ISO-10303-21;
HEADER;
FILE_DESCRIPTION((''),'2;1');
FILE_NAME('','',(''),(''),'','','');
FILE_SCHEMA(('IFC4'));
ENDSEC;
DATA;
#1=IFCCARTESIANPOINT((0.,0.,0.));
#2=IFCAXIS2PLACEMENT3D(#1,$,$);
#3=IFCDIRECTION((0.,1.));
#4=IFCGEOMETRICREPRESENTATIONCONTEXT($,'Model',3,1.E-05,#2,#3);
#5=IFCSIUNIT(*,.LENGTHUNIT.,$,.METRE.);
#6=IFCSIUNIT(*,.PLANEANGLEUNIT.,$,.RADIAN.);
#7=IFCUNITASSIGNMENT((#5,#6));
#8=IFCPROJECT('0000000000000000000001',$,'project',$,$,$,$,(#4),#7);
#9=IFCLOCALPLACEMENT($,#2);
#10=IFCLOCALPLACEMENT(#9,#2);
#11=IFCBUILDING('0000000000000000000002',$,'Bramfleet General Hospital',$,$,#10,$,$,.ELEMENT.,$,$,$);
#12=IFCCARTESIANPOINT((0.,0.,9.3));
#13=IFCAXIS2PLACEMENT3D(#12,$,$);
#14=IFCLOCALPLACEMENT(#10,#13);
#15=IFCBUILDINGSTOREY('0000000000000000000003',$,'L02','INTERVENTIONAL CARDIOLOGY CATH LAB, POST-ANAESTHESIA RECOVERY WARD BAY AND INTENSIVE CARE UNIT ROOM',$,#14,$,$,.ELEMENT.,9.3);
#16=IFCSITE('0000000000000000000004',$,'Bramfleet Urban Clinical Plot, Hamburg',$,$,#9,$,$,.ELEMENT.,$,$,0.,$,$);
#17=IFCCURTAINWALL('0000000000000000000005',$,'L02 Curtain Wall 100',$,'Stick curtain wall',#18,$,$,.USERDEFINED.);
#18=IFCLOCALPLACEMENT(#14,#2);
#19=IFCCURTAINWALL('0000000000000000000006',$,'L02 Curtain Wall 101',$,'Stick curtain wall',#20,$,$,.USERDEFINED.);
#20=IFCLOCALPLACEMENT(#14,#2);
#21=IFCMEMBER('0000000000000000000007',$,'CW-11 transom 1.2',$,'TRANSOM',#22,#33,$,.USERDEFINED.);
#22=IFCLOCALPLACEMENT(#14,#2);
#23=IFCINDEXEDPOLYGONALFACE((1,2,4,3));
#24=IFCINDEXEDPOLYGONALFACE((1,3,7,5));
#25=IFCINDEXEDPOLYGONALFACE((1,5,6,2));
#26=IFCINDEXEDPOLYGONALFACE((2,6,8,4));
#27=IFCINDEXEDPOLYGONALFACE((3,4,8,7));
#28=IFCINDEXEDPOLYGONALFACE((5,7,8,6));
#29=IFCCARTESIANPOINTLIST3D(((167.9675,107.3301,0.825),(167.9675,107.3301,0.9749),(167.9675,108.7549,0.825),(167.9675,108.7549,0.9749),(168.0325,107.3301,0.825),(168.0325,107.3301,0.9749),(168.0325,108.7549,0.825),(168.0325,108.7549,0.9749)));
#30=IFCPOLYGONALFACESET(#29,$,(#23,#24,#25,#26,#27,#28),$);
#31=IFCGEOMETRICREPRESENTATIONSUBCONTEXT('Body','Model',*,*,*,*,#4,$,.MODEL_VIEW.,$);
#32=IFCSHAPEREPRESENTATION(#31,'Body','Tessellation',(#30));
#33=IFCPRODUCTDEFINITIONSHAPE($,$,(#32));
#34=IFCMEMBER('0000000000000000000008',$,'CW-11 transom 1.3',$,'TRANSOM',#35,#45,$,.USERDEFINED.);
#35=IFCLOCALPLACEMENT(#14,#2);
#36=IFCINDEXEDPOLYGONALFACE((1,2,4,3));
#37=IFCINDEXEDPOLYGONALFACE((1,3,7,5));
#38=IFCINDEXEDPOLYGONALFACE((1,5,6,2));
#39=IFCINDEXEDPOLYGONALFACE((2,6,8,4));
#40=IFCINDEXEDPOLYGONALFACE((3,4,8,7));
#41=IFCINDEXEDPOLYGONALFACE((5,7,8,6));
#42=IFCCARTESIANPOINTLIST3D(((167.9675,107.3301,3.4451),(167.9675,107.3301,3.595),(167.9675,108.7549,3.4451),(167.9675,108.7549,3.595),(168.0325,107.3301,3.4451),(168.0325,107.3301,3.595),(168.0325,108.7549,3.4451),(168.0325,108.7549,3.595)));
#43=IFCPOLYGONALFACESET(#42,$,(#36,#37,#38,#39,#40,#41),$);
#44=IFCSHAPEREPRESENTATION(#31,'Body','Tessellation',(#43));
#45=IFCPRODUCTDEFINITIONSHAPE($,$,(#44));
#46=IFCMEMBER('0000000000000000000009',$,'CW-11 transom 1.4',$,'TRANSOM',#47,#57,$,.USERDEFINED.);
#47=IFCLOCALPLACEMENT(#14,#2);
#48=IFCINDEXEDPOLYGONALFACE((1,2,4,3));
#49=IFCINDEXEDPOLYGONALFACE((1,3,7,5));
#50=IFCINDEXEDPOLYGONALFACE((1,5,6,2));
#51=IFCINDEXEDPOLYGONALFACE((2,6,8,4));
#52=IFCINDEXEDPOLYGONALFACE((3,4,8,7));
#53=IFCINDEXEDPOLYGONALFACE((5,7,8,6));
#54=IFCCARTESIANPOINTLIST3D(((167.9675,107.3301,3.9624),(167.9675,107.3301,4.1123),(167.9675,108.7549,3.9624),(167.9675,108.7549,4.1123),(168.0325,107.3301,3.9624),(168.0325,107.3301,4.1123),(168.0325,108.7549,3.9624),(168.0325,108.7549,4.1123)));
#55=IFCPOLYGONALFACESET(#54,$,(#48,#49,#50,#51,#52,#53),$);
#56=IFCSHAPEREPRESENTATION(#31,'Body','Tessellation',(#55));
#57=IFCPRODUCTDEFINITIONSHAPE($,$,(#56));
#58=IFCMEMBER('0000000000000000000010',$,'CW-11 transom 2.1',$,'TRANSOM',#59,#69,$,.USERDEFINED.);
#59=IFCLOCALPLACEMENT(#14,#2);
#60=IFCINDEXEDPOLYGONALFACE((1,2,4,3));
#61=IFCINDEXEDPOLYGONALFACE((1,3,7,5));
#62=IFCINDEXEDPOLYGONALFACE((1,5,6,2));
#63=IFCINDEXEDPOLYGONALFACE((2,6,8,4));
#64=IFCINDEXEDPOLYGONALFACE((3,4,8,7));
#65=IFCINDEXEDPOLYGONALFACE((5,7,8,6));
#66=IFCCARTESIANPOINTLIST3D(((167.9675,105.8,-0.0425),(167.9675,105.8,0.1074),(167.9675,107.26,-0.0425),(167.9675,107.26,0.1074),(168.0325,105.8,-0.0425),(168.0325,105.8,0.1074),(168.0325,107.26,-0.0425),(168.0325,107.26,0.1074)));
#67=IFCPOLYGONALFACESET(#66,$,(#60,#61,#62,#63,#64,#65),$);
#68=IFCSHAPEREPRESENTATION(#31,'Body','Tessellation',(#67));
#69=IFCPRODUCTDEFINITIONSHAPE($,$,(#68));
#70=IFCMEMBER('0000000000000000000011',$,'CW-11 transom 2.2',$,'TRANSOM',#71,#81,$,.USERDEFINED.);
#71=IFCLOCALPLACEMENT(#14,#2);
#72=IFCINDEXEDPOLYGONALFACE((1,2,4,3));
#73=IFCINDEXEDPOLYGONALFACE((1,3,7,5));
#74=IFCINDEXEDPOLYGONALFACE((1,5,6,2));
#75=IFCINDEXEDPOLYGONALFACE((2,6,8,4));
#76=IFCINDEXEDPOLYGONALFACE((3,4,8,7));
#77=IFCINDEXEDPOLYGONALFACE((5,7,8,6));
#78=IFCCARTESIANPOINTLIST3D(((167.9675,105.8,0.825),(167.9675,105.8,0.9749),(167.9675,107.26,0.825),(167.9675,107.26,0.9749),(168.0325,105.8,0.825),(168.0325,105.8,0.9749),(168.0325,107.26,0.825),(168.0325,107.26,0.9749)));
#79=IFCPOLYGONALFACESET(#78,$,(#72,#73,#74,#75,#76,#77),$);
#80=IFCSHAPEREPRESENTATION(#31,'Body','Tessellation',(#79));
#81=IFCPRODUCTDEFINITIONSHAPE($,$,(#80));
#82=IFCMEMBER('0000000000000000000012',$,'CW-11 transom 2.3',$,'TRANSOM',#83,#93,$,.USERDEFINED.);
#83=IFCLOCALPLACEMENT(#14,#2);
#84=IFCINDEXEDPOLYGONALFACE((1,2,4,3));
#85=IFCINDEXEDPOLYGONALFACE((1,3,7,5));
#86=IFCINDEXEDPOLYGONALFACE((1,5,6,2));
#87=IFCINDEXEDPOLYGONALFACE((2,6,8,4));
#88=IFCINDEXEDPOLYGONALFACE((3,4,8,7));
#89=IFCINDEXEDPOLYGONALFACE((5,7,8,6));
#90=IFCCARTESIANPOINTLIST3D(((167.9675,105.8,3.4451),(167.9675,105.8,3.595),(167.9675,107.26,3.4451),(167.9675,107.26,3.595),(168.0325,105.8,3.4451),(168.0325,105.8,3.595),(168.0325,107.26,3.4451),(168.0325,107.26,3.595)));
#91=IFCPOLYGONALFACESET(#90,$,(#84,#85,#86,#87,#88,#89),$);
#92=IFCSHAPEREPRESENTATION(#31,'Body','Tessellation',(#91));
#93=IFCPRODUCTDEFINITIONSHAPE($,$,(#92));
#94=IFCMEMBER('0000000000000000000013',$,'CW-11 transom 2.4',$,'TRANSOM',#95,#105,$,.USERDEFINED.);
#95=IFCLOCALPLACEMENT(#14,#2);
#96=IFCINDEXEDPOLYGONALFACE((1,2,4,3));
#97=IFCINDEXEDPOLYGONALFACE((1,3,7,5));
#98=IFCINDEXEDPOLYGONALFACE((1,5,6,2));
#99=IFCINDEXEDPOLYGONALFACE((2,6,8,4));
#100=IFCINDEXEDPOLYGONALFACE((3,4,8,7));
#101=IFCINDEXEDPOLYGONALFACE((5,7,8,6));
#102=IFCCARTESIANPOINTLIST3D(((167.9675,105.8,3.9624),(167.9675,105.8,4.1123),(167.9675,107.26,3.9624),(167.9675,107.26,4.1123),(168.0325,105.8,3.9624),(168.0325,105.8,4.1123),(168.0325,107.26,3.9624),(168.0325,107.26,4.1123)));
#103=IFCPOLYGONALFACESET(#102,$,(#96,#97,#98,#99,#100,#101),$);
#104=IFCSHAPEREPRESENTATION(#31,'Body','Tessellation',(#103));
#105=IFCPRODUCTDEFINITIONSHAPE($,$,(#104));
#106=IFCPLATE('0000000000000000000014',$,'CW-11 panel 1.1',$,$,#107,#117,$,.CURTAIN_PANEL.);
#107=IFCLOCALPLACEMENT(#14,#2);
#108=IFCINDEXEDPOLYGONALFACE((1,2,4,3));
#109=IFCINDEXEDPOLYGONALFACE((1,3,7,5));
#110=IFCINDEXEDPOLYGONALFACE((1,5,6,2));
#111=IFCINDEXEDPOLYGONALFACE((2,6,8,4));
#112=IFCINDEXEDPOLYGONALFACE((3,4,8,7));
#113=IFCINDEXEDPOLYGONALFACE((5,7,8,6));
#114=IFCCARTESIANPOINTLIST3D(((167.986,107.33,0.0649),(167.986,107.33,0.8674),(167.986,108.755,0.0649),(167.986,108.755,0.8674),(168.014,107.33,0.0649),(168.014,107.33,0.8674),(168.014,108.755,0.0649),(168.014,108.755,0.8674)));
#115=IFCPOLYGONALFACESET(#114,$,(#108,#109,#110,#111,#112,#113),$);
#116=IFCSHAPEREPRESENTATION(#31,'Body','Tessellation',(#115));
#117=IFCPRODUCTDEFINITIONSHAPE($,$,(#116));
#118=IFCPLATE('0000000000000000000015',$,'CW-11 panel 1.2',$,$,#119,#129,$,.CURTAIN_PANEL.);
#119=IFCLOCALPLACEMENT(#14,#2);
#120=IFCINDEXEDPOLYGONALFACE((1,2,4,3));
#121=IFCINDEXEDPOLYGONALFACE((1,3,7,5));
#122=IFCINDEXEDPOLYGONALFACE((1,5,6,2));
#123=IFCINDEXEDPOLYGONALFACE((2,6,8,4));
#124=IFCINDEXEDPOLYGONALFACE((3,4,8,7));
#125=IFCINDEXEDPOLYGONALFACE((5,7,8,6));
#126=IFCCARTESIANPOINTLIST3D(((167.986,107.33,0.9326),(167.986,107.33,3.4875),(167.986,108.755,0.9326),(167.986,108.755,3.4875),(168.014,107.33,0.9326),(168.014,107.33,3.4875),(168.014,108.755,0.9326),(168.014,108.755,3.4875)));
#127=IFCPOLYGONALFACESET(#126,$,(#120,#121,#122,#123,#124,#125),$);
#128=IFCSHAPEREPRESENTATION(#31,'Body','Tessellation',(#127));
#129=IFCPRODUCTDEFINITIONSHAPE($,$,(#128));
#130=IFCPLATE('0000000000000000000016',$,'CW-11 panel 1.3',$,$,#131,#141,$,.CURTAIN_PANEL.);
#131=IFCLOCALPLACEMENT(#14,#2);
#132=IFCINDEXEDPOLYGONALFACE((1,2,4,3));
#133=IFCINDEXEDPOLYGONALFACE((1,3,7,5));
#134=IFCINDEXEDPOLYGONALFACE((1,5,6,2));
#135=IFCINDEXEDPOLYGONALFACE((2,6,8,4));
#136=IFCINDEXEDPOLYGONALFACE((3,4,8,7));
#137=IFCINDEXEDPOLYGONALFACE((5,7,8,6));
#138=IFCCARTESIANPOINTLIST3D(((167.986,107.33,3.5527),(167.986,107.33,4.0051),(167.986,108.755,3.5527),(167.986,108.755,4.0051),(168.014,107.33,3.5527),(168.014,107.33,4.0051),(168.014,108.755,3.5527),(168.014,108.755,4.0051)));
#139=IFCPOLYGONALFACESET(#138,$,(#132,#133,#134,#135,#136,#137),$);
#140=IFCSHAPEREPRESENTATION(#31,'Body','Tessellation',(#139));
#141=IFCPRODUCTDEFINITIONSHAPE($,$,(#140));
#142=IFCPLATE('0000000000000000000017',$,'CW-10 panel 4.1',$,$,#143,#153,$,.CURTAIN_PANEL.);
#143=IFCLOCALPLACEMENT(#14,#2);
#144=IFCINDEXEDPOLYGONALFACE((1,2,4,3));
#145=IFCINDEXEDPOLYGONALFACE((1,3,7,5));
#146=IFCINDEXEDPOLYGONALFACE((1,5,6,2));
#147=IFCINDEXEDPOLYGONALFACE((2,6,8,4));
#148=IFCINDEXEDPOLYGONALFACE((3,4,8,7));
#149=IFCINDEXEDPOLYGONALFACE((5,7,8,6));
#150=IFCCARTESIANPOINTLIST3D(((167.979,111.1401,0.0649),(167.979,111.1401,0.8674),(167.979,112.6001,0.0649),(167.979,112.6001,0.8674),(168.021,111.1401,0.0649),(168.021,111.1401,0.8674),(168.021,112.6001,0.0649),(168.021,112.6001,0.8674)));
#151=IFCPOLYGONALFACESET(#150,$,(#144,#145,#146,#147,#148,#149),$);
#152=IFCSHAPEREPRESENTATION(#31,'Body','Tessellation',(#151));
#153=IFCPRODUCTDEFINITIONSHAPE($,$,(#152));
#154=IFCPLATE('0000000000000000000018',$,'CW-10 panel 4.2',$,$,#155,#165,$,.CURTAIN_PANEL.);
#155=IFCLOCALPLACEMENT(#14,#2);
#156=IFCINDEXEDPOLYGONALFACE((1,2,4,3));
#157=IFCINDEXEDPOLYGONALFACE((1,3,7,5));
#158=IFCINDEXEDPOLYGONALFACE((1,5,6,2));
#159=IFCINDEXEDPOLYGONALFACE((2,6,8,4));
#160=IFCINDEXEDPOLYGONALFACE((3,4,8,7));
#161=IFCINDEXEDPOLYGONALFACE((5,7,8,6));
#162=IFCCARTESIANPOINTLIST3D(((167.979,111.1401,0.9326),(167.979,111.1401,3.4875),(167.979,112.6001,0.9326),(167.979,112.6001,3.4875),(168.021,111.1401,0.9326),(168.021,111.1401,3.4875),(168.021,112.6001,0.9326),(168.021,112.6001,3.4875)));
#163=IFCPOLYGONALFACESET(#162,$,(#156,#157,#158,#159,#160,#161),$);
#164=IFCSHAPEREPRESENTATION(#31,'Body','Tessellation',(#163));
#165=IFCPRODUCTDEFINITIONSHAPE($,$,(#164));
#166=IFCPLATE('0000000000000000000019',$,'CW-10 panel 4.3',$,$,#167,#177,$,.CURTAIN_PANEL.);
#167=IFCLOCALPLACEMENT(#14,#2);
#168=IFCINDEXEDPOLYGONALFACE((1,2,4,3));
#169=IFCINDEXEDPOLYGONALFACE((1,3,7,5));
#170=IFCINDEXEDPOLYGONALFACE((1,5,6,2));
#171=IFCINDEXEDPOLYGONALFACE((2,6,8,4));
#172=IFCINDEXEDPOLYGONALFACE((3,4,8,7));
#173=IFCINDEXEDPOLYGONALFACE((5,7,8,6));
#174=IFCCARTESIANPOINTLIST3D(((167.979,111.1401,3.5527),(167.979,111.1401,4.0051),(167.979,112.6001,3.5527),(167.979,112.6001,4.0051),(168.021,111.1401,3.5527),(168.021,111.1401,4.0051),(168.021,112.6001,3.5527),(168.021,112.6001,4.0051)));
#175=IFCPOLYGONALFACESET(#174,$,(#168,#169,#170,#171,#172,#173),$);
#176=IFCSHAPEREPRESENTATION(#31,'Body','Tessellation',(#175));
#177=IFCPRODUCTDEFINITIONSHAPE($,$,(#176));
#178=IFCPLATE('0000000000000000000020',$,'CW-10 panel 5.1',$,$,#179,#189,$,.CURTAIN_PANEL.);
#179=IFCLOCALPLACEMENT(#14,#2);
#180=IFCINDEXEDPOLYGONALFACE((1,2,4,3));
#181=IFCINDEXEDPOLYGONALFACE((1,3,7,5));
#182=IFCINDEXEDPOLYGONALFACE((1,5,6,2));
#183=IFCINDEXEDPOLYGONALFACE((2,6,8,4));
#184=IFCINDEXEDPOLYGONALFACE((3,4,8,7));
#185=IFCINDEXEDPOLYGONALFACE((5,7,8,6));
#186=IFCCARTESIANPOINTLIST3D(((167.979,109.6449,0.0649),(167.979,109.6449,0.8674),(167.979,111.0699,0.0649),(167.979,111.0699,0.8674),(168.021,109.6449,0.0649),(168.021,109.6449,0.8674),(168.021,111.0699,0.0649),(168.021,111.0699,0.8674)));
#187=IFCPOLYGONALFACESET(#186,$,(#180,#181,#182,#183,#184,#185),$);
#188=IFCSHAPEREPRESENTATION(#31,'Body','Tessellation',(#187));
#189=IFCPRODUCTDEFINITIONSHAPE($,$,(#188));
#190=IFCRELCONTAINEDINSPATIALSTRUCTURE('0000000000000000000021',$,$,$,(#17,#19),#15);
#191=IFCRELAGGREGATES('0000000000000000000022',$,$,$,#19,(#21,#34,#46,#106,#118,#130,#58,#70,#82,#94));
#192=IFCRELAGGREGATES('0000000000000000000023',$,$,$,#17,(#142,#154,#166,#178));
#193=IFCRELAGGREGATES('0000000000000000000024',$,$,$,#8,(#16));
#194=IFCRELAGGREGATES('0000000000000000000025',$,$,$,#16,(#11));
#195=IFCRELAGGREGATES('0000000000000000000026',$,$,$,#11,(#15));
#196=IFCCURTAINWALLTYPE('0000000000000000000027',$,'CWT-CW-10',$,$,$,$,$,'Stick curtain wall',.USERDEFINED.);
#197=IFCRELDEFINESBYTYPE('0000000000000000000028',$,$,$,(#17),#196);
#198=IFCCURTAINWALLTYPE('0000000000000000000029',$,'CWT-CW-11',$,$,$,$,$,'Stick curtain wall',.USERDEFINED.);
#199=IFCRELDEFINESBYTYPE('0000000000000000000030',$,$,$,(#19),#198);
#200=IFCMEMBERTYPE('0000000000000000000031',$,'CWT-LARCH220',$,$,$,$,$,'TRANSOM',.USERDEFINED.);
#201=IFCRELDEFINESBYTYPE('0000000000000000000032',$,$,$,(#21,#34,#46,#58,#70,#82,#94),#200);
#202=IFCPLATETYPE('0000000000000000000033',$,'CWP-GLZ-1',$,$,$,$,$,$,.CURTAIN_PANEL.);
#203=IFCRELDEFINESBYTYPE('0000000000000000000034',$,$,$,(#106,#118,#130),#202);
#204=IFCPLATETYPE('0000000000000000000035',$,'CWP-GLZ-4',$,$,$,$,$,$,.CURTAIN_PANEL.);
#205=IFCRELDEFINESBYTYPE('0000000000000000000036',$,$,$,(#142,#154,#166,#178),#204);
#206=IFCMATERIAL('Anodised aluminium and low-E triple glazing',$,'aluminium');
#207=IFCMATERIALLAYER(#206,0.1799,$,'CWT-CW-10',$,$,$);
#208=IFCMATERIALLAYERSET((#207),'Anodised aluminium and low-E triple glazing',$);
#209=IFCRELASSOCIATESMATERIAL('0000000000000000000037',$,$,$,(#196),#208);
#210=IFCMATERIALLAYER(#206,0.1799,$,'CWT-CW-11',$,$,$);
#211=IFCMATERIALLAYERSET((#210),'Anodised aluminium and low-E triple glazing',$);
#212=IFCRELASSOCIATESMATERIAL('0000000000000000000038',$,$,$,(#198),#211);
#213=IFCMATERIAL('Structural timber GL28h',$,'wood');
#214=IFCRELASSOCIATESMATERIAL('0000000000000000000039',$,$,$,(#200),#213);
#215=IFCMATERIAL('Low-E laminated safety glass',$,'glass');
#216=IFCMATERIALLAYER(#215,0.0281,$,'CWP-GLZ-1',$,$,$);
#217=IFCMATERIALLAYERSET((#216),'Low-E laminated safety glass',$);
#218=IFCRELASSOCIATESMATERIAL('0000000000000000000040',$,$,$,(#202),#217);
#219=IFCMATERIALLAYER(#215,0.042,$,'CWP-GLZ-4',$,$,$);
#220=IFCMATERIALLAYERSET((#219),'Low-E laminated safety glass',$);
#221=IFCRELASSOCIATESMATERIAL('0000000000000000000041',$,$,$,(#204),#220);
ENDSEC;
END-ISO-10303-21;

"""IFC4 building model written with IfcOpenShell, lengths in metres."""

from ifc_helpers import new_model, si_unit, direction, frame, origin, origin_2d, place, context, subcontext, project, spatial, rectangle, extrude, material, layer, layer_set, material_profile, profile_set, type_object, element, aggregate, save


model = new_model("IFC4")

# Units and contexts
model_context = context("Model", 3, precision=1e-05, world=origin(), true_north=direction((0.0, 1.0)))
body_context = subcontext(model_context, "Body", "Model", "MODEL_VIEW")
ifc_project = project(units=[si_unit("LENGTHUNIT", "METRE"), si_unit("PLANEANGLEUNIT", "RADIAN")], contexts=[model_context])

# Site, building, storey
site_placement = place(None, origin())
site = spatial("IfcSite", under=ifc_project, at=site_placement, Name="Bramfleet Urban Clinical Plot, Hamburg", CompositionType="ELEMENT", RefElevation=0.0)
building_placement = place(site_placement, origin())
building = spatial("IfcBuilding", under=site, at=building_placement, Name="Bramfleet General Hospital", CompositionType="ELEMENT")
storey_placement = place(building_placement, frame((0.0, 0.0, 9.3)))
storey = spatial("IfcBuildingStorey", under=building, at=storey_placement, Name="L02", Description="INTERVENTIONAL CARDIOLOGY CATH LAB, POST-ANAESTHESIA RECOVERY WARD BAY AND INTENSIVE CARE UNIT ROOM", CompositionType="ELEMENT", Elevation=9.3)

# Curtain walls
ifc_material_1 = material(Name="Anodised aluminium and low-E triple glazing", Category="aluminium")
ifc_layer_1 = layer(ifc_material_1, 0.1799, Name="CWT-CW-10")
ifc_layer_set_1 = layer_set([ifc_layer_1], Name="Anodised aluminium and low-E triple glazing")
curtain_wall_type_1 = type_object("IfcCurtainWallType", Name="CWT-CW-10", ElementType="Stick curtain wall", PredefinedType="USERDEFINED", material=ifc_layer_set_1)
curtain_wall_1_placement = place(storey_placement, origin())
curtain_wall_1 = element("IfcCurtainWall", 1, at=curtain_wall_1_placement, inside=storey, type_object=curtain_wall_type_1, Name="L02 Curtain Wall 100", ObjectType="Stick curtain wall", PredefinedType="USERDEFINED")
ifc_material_2 = material(Name="Structural timber GL28h", Category="wood")
ifc_layer_2 = layer(ifc_material_1, 0.1799, Name="CWT-CW-11")
ifc_layer_set_2 = layer_set([ifc_layer_2], Name="Anodised aluminium and low-E triple glazing")
curtain_wall_type_2 = type_object("IfcCurtainWallType", Name="CWT-CW-11", ElementType="Stick curtain wall", PredefinedType="USERDEFINED", material=ifc_layer_set_2)
curtain_wall_2_placement = place(storey_placement, origin())
curtain_wall_2 = element("IfcCurtainWall", 2, at=curtain_wall_2_placement, inside=storey, type_object=curtain_wall_type_2, Name="L02 Curtain Wall 101", ObjectType="Stick curtain wall", PredefinedType="USERDEFINED")

# Members
ifc_material_profile_1 = material_profile(ifc_material_2, rectangle(XDim=0.0649, YDim=0.1499, at=origin_2d()), Name="LARCH 150x65")
ifc_profile_set_1 = profile_set([ifc_material_profile_1], Name="Structural timber GL28h")
member_type_1 = type_object("IfcMemberType", Name="CWT-LARCH220", ElementType="TRANSOM", PredefinedType="USERDEFINED", material=ifc_profile_set_1)
member_1_placement = place(storey_placement, frame((168.0, 108.7549, 0.8999), z_axis=(0.0, -1.0, 0.0), x_axis=(1.0, 0.0, 0.0)))
member_1 = element("IfcMember", 3, at=member_1_placement, type_object=member_type_1, Name="CW-11 transom 1.2", ObjectType="TRANSOM", PredefinedType="USERDEFINED", context=body_context, shape_type="SweptSolid", body=[
    extrude(rectangle(XDim=0.0649, YDim=0.1499, at=origin_2d()), origin(), (0.0, 0.0, 1.0), 1.4248),
])
member_2_placement = place(storey_placement, frame((168.0, 108.7549, 3.52), z_axis=(0.0, -1.0, 0.0), x_axis=(1.0, 0.0, 0.0)))
member_2 = element("IfcMember", 4, at=member_2_placement, type_object=member_type_1, Name="CW-11 transom 1.3", ObjectType="TRANSOM", PredefinedType="USERDEFINED", context=body_context, shape_type="SweptSolid", body=[
    extrude(rectangle(XDim=0.0649, YDim=0.1499, at=origin_2d()), origin(), (0.0, 0.0, 1.0), 1.4248),
])
member_3_placement = place(storey_placement, frame((168.0, 108.7549, 4.0374), z_axis=(0.0, -1.0, 0.0), x_axis=(1.0, 0.0, 0.0)))
member_3 = element("IfcMember", 5, at=member_3_placement, type_object=member_type_1, Name="CW-11 transom 1.4", ObjectType="TRANSOM", PredefinedType="USERDEFINED", context=body_context, shape_type="SweptSolid", body=[
    extrude(rectangle(XDim=0.0649, YDim=0.1499, at=origin_2d()), origin(), (0.0, 0.0, 1.0), 1.4248),
])
member_4_placement = place(storey_placement, frame((168.0, 107.26, 0.0325), z_axis=(0.0, -1.0, 0.0), x_axis=(1.0, 0.0, 0.0)))
member_4 = element("IfcMember", 6, at=member_4_placement, type_object=member_type_1, Name="CW-11 transom 2.1", ObjectType="TRANSOM", PredefinedType="USERDEFINED", context=body_context, shape_type="SweptSolid", body=[
    extrude(rectangle(XDim=0.0649, YDim=0.1499, at=origin_2d()), origin(), (0.0, 0.0, 1.0), 1.46),
])
member_5_placement = place(storey_placement, frame((168.0, 107.26, 0.8999), z_axis=(0.0, -1.0, 0.0), x_axis=(1.0, 0.0, 0.0)))
member_5 = element("IfcMember", 7, at=member_5_placement, type_object=member_type_1, Name="CW-11 transom 2.2", ObjectType="TRANSOM", PredefinedType="USERDEFINED", context=body_context, shape_type="SweptSolid", body=[
    extrude(rectangle(XDim=0.0649, YDim=0.1499, at=origin_2d()), origin(), (0.0, 0.0, 1.0), 1.46),
])
member_6_placement = place(storey_placement, frame((168.0, 107.26, 3.52), z_axis=(0.0, -1.0, 0.0), x_axis=(1.0, 0.0, 0.0)))
member_6 = element("IfcMember", 8, at=member_6_placement, type_object=member_type_1, Name="CW-11 transom 2.3", ObjectType="TRANSOM", PredefinedType="USERDEFINED", context=body_context, shape_type="SweptSolid", body=[
    extrude(rectangle(XDim=0.0649, YDim=0.1499, at=origin_2d()), origin(), (0.0, 0.0, 1.0), 1.46),
])
member_7_placement = place(storey_placement, frame((168.0, 107.26, 4.0374), z_axis=(0.0, -1.0, 0.0), x_axis=(1.0, 0.0, 0.0)))
member_7 = element("IfcMember", 9, at=member_7_placement, type_object=member_type_1, Name="CW-11 transom 2.4", ObjectType="TRANSOM", PredefinedType="USERDEFINED", context=body_context, shape_type="SweptSolid", body=[
    extrude(rectangle(XDim=0.0649, YDim=0.1499, at=origin_2d()), origin(), (0.0, 0.0, 1.0), 1.46),
])

# Plates
ifc_material_3 = material(Name="Low-E laminated safety glass", Category="glass")
ifc_layer_3 = layer(ifc_material_3, 0.0281, Name="CWP-GLZ-1")
ifc_layer_set_3 = layer_set([ifc_layer_3], Name="Low-E laminated safety glass")
plate_type_1 = type_object("IfcPlateType", Name="CWP-GLZ-1", PredefinedType="CURTAIN_PANEL", material=ifc_layer_set_3)
plate_1_placement = place(storey_placement, frame((168.0, 108.0425, 0.0649), z_axis=(0.0, 0.0, 1.0), x_axis=(0.0, -1.0, 0.0)))
plate_1 = element("IfcPlate", 10, at=plate_1_placement, type_object=plate_type_1, Name="CW-11 panel 1.1", PredefinedType="CURTAIN_PANEL", context=body_context, shape_type="SweptSolid", body=[
    extrude(rectangle(XDim=1.425, YDim=0.0281, at=origin_2d()), origin(), (0.0, 0.0, 1.0), 0.8025),
])
plate_2_placement = place(storey_placement, frame((168.0, 108.0425, 0.9326), z_axis=(0.0, 0.0, 1.0), x_axis=(0.0, -1.0, 0.0)))
plate_2 = element("IfcPlate", 11, at=plate_2_placement, type_object=plate_type_1, Name="CW-11 panel 1.2", PredefinedType="CURTAIN_PANEL", context=body_context, shape_type="SweptSolid", body=[
    extrude(rectangle(XDim=1.425, YDim=0.0281, at=origin_2d()), origin(), (0.0, 0.0, 1.0), 2.5549),
])
plate_3_placement = place(storey_placement, frame((168.0, 108.0425, 3.5527), z_axis=(0.0, 0.0, 1.0), x_axis=(0.0, -1.0, 0.0)))
plate_3 = element("IfcPlate", 12, at=plate_3_placement, type_object=plate_type_1, Name="CW-11 panel 1.3", PredefinedType="CURTAIN_PANEL", context=body_context, shape_type="SweptSolid", body=[
    extrude(rectangle(XDim=1.425, YDim=0.0281, at=origin_2d()), origin(), (0.0, 0.0, 1.0), 0.4524),
])
aggregate(curtain_wall_2, [member_1, member_2, member_3, plate_1, plate_2, plate_3, member_4, member_5, member_6, member_7])
ifc_layer_4 = layer(ifc_material_3, 0.042, Name="CWP-GLZ-4")
ifc_layer_set_4 = layer_set([ifc_layer_4], Name="Low-E laminated safety glass")
plate_type_2 = type_object("IfcPlateType", Name="CWP-GLZ-4", PredefinedType="CURTAIN_PANEL", material=ifc_layer_set_4)
plate_4_placement = place(storey_placement, frame((168.0, 111.8701, 0.0649), z_axis=(0.0, 0.0, 1.0), x_axis=(0.0, -1.0, 0.0)))
plate_4 = element("IfcPlate", 13, at=plate_4_placement, type_object=plate_type_2, Name="CW-10 panel 4.1", PredefinedType="CURTAIN_PANEL", context=body_context, shape_type="SweptSolid", body=[
    extrude(rectangle(XDim=1.46, YDim=0.042, at=origin_2d()), origin(), (0.0, 0.0, 1.0), 0.8025),
])
plate_5_placement = place(storey_placement, frame((168.0, 111.8701, 0.9326), z_axis=(0.0, 0.0, 1.0), x_axis=(0.0, -1.0, 0.0)))
plate_5 = element("IfcPlate", 14, at=plate_5_placement, type_object=plate_type_2, Name="CW-10 panel 4.2", PredefinedType="CURTAIN_PANEL", context=body_context, shape_type="SweptSolid", body=[
    extrude(rectangle(XDim=1.46, YDim=0.042, at=origin_2d()), origin(), (0.0, 0.0, 1.0), 2.5549),
])
plate_6_placement = place(storey_placement, frame((168.0, 111.8701, 3.5527), z_axis=(0.0, 0.0, 1.0), x_axis=(0.0, -1.0, 0.0)))
plate_6 = element("IfcPlate", 15, at=plate_6_placement, type_object=plate_type_2, Name="CW-10 panel 4.3", PredefinedType="CURTAIN_PANEL", context=body_context, shape_type="SweptSolid", body=[
    extrude(rectangle(XDim=1.46, YDim=0.042, at=origin_2d()), origin(), (0.0, 0.0, 1.0), 0.4524),
])
plate_7_placement = place(storey_placement, frame((168.0, 110.3574, 0.0649), z_axis=(0.0, 0.0, 1.0), x_axis=(0.0, -1.0, 0.0)))
plate_7 = element("IfcPlate", 16, at=plate_7_placement, type_object=plate_type_2, Name="CW-10 panel 5.1", PredefinedType="CURTAIN_PANEL", context=body_context, shape_type="SweptSolid", body=[
    extrude(rectangle(XDim=1.425, YDim=0.042, at=origin_2d()), origin(), (0.0, 0.0, 1.0), 0.8025),
])
aggregate(curtain_wall_1, [plate_4, plate_5, plate_6, plate_7])

save(model, "model.ifc")
